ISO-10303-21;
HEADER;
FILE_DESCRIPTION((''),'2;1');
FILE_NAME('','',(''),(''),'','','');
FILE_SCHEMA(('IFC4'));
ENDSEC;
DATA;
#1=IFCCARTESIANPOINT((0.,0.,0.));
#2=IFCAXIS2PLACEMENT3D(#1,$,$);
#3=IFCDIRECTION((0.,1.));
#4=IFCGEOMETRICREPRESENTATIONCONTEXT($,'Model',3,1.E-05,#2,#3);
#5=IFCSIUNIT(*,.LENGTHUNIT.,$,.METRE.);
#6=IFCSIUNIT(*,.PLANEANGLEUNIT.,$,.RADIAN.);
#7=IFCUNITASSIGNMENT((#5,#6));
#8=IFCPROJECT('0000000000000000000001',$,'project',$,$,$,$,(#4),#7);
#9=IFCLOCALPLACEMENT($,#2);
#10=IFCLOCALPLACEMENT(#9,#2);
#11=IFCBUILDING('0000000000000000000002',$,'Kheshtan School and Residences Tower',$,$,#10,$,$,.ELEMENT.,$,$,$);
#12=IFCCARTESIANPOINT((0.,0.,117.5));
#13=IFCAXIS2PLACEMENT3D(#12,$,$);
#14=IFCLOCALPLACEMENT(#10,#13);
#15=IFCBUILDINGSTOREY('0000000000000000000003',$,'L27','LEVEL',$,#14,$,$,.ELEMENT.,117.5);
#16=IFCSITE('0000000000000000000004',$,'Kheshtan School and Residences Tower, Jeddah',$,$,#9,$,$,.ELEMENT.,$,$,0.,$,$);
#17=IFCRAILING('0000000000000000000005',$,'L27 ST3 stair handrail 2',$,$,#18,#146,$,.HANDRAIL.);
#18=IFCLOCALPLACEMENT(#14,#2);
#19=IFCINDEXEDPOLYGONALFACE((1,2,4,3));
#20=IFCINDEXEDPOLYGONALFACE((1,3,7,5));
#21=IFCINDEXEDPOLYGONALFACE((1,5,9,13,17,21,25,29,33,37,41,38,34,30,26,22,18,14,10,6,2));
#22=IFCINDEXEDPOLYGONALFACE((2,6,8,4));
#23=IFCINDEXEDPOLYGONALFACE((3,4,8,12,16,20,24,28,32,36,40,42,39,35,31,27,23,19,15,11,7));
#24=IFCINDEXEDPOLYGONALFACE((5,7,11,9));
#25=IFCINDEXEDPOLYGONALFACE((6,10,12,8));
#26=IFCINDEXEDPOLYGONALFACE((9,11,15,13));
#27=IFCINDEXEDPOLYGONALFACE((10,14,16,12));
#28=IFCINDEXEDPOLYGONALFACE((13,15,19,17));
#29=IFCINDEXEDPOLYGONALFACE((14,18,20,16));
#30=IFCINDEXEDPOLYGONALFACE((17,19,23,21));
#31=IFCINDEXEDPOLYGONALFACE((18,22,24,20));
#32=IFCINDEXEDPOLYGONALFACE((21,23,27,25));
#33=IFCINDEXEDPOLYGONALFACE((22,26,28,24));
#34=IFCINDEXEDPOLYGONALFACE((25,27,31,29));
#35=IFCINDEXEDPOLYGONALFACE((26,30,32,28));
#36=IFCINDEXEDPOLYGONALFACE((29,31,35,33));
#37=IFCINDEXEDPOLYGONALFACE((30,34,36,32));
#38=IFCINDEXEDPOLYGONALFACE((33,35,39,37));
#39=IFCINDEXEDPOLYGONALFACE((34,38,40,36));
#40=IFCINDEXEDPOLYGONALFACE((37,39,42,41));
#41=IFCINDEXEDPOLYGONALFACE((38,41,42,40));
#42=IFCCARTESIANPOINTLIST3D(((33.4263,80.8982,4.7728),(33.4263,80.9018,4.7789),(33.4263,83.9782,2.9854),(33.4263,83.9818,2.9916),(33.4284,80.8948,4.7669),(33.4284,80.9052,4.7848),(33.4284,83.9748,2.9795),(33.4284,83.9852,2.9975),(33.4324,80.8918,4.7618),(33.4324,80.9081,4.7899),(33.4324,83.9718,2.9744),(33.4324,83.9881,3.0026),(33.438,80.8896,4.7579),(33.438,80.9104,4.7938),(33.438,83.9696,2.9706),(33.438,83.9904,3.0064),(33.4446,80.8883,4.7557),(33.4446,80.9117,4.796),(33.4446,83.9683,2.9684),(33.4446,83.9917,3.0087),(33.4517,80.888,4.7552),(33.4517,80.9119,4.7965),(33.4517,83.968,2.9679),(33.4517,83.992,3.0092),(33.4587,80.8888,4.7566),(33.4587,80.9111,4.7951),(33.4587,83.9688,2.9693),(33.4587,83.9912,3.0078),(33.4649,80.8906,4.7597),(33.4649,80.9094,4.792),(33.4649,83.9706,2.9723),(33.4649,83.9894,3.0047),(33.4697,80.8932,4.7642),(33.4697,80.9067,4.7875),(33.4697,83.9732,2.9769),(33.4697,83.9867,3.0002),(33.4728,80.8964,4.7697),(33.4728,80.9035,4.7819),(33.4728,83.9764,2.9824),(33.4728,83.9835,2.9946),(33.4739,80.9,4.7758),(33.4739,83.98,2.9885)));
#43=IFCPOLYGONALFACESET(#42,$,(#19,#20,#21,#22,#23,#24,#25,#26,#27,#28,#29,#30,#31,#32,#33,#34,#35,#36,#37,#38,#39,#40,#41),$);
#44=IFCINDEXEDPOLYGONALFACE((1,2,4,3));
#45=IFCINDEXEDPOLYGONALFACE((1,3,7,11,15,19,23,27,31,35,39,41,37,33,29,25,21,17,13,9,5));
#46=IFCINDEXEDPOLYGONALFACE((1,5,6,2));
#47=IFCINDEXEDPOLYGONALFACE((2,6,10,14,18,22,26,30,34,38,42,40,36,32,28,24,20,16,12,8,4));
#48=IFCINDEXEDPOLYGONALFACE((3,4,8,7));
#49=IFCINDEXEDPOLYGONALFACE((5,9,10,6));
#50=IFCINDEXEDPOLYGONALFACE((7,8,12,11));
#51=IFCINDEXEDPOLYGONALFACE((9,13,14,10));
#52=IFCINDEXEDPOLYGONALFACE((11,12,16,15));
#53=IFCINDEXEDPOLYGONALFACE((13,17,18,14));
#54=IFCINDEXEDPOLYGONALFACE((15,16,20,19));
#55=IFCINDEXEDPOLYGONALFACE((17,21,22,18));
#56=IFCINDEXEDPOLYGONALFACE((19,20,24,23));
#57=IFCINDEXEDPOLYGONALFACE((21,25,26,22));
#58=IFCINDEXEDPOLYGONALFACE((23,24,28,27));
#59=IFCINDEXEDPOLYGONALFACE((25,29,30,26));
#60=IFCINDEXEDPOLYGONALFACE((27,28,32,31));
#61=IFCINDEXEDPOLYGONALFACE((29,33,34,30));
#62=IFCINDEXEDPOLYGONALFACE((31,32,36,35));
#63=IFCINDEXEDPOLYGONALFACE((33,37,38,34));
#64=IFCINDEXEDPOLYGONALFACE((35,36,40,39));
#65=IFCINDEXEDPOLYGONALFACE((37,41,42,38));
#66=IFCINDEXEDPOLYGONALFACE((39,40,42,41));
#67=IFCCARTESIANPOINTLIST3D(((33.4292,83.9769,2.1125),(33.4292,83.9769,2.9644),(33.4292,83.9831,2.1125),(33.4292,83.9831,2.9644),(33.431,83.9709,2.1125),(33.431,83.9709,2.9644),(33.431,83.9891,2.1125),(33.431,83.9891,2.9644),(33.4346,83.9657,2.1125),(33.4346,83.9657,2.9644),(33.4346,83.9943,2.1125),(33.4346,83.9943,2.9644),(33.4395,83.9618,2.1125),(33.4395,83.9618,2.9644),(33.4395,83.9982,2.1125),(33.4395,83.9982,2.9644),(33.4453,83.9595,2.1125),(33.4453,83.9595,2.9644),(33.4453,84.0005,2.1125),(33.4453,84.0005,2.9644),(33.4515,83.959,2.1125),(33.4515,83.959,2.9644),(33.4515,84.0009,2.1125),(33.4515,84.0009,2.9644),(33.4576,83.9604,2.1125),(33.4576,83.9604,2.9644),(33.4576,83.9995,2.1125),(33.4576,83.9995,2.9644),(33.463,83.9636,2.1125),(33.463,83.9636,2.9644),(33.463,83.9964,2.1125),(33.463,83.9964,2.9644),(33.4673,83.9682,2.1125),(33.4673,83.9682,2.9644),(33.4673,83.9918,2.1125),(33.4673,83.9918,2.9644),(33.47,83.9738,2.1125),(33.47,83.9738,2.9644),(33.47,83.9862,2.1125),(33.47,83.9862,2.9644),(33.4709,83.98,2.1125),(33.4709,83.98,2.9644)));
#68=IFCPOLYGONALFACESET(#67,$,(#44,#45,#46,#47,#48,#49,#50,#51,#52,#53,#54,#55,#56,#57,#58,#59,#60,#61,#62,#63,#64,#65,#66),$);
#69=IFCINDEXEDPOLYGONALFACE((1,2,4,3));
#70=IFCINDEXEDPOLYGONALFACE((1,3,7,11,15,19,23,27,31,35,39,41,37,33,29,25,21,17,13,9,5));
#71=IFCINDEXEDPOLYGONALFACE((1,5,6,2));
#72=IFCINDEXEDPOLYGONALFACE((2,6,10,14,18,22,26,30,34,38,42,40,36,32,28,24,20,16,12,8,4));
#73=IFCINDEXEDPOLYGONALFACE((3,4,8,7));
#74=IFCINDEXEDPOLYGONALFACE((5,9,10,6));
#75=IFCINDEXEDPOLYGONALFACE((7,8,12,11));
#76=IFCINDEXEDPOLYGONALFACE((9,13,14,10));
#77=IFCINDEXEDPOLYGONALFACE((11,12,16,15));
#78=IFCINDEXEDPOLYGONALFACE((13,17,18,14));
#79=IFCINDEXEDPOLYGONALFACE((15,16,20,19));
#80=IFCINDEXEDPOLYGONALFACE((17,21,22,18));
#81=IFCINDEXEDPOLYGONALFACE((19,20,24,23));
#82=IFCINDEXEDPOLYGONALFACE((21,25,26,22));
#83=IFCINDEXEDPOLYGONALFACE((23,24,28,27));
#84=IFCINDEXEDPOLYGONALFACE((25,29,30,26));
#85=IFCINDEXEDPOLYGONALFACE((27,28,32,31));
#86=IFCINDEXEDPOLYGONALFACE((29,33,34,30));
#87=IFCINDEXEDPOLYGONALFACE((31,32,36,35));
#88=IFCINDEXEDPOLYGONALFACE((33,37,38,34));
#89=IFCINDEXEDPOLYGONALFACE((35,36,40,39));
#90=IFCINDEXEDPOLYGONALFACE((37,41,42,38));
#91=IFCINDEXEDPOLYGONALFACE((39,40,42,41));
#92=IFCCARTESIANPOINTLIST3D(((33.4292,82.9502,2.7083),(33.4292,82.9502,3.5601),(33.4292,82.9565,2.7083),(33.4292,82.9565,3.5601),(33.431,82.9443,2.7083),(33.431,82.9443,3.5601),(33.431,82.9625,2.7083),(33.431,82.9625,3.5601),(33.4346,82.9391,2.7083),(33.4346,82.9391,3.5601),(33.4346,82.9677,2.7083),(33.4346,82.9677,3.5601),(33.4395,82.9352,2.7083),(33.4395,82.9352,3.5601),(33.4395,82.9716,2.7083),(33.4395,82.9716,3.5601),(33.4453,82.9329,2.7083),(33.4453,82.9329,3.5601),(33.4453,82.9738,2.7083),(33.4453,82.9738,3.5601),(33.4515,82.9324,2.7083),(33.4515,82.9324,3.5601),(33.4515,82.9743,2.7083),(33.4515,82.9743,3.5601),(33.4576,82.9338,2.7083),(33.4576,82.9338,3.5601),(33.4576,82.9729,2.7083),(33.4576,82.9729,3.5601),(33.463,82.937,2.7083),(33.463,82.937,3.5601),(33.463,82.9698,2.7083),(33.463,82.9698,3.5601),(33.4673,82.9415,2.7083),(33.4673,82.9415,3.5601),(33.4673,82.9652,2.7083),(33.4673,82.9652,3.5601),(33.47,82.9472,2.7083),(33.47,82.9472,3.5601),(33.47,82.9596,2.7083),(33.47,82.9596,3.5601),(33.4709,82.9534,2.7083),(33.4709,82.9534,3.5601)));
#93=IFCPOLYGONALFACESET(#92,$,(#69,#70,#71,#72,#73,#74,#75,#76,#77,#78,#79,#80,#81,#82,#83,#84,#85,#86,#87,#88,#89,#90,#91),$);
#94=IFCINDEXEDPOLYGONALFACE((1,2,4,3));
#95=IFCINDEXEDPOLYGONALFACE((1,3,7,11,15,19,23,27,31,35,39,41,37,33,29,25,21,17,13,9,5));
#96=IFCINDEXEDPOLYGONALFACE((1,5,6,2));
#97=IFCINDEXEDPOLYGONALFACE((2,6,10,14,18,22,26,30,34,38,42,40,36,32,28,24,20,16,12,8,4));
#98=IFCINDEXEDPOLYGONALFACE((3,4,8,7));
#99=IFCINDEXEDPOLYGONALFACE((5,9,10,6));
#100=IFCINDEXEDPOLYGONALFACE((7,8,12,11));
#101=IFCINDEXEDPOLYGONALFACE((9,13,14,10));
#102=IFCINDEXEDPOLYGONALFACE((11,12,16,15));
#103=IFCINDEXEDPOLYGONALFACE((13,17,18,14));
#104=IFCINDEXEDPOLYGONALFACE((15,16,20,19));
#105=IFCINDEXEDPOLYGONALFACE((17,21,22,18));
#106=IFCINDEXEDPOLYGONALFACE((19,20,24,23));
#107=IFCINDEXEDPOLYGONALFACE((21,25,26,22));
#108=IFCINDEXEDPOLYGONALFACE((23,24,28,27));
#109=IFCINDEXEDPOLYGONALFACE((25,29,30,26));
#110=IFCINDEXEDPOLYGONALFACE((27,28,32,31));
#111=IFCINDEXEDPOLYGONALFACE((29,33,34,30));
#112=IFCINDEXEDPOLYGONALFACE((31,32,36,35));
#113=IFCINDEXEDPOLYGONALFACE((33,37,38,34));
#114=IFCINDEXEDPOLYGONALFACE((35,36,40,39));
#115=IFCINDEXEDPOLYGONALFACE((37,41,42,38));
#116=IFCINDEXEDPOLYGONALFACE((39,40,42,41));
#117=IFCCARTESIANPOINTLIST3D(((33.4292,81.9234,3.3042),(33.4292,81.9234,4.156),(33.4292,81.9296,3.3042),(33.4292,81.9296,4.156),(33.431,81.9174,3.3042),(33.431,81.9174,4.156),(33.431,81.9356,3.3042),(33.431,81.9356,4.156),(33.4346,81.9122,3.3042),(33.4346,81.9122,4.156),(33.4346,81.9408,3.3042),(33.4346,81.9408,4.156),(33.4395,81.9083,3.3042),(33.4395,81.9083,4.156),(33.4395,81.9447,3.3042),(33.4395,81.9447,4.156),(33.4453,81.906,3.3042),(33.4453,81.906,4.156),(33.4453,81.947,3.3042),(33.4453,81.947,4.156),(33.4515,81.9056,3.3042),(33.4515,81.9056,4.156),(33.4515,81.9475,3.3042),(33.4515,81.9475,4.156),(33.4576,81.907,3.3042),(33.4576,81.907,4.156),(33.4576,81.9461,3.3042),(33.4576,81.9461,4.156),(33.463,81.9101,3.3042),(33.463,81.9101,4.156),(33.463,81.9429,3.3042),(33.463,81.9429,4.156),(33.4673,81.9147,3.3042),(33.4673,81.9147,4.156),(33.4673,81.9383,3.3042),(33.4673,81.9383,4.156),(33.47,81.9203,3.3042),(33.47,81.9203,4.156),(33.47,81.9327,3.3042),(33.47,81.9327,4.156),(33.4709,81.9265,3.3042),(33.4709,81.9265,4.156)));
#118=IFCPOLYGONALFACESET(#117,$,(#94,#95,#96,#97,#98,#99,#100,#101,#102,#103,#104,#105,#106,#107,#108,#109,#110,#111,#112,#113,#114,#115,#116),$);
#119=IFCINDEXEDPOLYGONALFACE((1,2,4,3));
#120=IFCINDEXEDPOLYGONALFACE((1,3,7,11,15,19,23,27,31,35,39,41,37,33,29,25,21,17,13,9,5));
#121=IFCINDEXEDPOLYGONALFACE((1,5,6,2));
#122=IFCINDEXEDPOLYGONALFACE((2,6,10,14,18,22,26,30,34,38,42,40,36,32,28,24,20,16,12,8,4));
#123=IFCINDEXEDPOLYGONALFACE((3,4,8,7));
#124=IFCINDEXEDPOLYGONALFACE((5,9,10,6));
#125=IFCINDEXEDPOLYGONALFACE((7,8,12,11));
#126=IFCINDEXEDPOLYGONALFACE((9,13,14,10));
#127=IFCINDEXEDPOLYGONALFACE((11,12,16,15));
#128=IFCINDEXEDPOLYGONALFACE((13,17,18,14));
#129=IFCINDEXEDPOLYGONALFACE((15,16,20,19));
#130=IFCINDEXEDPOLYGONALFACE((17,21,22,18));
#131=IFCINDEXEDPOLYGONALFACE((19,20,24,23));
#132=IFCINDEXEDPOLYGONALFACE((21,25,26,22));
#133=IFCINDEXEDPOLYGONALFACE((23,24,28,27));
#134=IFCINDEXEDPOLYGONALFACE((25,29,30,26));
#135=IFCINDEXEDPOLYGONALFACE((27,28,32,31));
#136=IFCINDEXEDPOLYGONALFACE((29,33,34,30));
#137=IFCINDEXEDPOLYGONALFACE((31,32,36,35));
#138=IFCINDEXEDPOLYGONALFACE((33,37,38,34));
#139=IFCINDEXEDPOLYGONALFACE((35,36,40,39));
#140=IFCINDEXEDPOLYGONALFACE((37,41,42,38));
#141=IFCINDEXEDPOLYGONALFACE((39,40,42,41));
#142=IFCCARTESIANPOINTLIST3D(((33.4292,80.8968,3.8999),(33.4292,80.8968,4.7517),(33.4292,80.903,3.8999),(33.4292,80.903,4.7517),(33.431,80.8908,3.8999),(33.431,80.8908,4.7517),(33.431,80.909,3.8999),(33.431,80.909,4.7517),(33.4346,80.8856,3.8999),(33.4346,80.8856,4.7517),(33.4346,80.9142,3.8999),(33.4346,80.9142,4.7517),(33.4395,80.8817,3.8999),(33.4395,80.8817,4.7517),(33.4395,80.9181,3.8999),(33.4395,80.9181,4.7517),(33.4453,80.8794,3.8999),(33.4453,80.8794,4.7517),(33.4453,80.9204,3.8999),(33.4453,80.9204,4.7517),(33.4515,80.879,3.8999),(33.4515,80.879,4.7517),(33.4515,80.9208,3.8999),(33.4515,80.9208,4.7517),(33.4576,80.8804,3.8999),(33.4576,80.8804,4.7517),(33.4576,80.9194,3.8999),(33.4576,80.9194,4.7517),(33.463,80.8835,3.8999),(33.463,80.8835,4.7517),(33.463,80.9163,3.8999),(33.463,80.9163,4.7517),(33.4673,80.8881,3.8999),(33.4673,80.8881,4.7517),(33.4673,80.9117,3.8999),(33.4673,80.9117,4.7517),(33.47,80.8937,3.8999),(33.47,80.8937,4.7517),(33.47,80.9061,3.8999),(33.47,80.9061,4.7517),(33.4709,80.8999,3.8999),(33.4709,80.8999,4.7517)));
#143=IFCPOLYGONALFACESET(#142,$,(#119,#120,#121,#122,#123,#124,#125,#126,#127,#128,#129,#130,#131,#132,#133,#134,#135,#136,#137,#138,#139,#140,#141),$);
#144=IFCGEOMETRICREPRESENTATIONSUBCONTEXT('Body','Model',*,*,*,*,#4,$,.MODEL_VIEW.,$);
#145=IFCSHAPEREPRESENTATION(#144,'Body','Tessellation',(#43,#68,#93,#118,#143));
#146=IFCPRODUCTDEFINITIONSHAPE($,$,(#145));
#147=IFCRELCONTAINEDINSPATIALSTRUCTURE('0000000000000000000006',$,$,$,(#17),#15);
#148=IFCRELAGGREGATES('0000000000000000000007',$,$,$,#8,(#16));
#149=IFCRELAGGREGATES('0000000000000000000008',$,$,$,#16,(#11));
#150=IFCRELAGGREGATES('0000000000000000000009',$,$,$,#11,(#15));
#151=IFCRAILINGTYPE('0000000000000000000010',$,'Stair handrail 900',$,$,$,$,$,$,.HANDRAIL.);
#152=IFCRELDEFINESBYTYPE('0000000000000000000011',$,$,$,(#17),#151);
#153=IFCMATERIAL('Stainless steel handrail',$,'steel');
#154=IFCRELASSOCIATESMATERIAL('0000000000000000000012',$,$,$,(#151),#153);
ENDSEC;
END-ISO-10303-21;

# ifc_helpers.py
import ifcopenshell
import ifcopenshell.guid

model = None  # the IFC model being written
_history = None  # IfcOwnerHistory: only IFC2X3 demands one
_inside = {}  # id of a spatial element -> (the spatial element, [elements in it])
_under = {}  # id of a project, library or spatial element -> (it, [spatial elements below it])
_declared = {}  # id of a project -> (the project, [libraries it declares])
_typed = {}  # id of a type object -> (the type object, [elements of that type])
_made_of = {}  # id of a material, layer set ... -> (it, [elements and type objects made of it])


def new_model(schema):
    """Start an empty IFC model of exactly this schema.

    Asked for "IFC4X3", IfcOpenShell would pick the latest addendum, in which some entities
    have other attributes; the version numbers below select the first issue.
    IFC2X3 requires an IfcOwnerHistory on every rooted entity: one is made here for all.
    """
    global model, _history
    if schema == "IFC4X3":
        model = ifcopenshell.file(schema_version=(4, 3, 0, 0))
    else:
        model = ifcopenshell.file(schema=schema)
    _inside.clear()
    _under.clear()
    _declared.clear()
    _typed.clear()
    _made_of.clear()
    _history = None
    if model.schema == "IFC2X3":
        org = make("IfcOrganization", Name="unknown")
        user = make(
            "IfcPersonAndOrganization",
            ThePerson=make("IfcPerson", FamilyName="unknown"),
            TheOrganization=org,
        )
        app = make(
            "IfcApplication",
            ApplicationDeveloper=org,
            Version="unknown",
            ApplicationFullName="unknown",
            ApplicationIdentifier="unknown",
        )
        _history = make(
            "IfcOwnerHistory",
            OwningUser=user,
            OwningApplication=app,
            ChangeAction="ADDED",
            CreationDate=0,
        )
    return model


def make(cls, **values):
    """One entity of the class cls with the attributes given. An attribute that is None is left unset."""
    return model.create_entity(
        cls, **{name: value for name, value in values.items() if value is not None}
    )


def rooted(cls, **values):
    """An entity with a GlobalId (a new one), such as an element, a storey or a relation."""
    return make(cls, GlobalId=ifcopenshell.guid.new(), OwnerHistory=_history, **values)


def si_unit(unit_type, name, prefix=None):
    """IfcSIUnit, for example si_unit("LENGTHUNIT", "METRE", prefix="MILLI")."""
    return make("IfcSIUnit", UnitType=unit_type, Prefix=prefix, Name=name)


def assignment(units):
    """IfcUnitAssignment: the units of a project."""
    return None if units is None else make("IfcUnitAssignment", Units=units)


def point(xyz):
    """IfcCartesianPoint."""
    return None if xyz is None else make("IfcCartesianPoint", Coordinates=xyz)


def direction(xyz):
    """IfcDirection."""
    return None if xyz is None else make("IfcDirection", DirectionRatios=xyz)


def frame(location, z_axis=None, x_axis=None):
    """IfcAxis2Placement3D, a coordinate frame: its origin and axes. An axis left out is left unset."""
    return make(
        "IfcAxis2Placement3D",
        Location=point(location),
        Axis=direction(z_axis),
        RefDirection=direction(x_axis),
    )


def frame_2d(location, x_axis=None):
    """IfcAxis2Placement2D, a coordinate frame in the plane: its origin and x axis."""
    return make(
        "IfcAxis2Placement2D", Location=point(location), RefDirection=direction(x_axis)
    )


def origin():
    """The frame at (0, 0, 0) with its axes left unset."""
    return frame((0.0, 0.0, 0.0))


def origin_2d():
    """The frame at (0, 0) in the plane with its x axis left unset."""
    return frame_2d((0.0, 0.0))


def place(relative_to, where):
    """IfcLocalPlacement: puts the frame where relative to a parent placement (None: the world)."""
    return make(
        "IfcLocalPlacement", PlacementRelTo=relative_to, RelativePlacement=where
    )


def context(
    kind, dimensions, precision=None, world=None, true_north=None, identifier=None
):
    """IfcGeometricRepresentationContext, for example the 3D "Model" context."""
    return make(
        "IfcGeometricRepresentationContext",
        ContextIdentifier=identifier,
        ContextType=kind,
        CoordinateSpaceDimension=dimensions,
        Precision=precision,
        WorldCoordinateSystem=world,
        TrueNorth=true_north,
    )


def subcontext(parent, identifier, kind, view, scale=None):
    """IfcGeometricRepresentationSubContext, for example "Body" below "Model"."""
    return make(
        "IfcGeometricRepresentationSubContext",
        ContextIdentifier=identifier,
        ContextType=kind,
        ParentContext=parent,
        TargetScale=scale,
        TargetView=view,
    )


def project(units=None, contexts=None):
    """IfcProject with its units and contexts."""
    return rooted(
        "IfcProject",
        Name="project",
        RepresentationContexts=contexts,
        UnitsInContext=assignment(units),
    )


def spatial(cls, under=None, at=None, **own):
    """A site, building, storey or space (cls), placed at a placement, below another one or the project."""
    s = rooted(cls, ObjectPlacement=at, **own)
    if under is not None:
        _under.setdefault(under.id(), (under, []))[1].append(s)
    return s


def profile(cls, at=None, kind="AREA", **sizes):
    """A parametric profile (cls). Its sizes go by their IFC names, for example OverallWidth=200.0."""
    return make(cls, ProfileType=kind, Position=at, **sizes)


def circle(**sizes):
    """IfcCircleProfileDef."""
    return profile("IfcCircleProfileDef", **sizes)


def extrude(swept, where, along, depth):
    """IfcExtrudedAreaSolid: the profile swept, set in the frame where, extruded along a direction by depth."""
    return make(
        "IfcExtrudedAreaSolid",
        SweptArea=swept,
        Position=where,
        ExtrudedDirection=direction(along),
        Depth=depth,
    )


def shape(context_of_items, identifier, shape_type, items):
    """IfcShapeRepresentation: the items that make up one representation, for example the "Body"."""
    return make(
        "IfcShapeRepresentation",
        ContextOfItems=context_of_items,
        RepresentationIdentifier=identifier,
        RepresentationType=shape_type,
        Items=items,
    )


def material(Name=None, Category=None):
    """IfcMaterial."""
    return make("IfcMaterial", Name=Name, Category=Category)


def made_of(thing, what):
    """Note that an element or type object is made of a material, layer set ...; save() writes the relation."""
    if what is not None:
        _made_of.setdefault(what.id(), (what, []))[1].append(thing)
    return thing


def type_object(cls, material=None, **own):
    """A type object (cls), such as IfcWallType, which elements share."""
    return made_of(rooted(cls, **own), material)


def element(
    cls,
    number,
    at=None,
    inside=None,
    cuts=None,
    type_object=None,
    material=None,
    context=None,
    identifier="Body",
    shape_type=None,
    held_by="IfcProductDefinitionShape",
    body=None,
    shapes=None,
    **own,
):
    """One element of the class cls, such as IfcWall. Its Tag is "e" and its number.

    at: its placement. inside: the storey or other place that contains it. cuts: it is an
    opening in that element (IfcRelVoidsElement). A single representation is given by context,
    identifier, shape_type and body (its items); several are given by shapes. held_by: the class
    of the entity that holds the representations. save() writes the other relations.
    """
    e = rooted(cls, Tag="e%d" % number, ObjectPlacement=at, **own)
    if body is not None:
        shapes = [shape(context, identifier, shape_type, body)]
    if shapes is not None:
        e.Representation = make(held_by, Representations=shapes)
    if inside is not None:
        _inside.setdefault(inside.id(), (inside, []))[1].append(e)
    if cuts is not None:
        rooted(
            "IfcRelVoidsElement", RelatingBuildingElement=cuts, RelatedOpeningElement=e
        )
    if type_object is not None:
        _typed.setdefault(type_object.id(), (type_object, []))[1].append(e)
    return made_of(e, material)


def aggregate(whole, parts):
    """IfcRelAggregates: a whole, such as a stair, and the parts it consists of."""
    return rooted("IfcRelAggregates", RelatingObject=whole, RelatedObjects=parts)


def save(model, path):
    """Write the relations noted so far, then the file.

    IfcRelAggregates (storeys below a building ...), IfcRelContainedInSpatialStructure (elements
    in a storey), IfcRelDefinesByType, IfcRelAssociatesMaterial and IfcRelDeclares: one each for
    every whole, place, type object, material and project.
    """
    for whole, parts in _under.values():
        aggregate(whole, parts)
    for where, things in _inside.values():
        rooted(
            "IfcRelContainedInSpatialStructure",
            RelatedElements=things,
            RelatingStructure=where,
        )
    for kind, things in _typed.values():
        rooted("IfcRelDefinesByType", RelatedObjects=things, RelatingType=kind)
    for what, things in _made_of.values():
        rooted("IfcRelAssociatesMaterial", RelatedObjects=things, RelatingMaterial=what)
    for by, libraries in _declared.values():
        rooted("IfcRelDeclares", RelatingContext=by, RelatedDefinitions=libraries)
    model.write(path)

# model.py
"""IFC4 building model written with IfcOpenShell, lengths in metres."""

from ifc_helpers import new_model, si_unit, direction, frame, origin, origin_2d, place, context, subcontext, project, spatial, circle, extrude, material, type_object, element, save


model = new_model("IFC4")

# Units and contexts
model_context = context("Model", 3, precision=1e-05, world=origin(), true_north=direction((0.0, 1.0)))
body_context = subcontext(model_context, "Body", "Model", "MODEL_VIEW")
ifc_project = project(units=[si_unit("LENGTHUNIT", "METRE"), si_unit("PLANEANGLEUNIT", "RADIAN")], contexts=[model_context])

# Site, building, storey
site_placement = place(None, origin())
site = spatial("IfcSite", under=ifc_project, at=site_placement, Name="Kheshtan School and Residences Tower, Jeddah", CompositionType="ELEMENT", RefElevation=0.0)
building_placement = place(site_placement, origin())
building = spatial("IfcBuilding", under=site, at=building_placement, Name="Kheshtan School and Residences Tower", CompositionType="ELEMENT")
storey_placement = place(building_placement, frame((0.0, 0.0, 117.5)))
storey = spatial("IfcBuildingStorey", under=building, at=storey_placement, Name="L27", Description="LEVEL", CompositionType="ELEMENT", Elevation=117.5)

# Railing
ifc_material_1 = material(Name="Stainless steel handrail", Category="steel")
railing_type_1 = type_object("IfcRailingType", Name="Stair handrail 900", PredefinedType="HANDRAIL", material=ifc_material_1)
railing_1_placement = place(storey_placement, frame((33.45, 83.98, 2.1125)))
element("IfcRailing", 1, at=railing_1_placement, inside=storey, type_object=railing_type_1, Name="L27 ST3 stair handrail 2", PredefinedType="HANDRAIL", context=body_context, shape_type="SweptSolid", body=[
    extrude(circle(Radius=0.0239, at=origin_2d()), frame((0.0, 0.0, 0.876), z_axis=(0.0, -0.86492, 0.501909), x_axis=(1.0, 0.0, 0.0)), (0.0, 0.0, 1.0), 3.561),
    extrude(circle(Radius=0.021, at=origin_2d()), origin(), (0.0, 0.0, 1.0), 0.8518),
    extrude(circle(Radius=0.021, at=origin_2d()), frame((0.0, -1.0266, 0.5957)), (0.0, 0.0, 1.0), 0.8518),
    extrude(circle(Radius=0.021, at=origin_2d()), frame((0.0, -2.0535, 1.1917)), (0.0, 0.0, 1.0), 0.8518),
    extrude(circle(Radius=0.021, at=origin_2d()), frame((0.0, -3.0801, 1.7874)), (0.0, 0.0, 1.0), 0.8518),
])

save(model, "model.ifc")
